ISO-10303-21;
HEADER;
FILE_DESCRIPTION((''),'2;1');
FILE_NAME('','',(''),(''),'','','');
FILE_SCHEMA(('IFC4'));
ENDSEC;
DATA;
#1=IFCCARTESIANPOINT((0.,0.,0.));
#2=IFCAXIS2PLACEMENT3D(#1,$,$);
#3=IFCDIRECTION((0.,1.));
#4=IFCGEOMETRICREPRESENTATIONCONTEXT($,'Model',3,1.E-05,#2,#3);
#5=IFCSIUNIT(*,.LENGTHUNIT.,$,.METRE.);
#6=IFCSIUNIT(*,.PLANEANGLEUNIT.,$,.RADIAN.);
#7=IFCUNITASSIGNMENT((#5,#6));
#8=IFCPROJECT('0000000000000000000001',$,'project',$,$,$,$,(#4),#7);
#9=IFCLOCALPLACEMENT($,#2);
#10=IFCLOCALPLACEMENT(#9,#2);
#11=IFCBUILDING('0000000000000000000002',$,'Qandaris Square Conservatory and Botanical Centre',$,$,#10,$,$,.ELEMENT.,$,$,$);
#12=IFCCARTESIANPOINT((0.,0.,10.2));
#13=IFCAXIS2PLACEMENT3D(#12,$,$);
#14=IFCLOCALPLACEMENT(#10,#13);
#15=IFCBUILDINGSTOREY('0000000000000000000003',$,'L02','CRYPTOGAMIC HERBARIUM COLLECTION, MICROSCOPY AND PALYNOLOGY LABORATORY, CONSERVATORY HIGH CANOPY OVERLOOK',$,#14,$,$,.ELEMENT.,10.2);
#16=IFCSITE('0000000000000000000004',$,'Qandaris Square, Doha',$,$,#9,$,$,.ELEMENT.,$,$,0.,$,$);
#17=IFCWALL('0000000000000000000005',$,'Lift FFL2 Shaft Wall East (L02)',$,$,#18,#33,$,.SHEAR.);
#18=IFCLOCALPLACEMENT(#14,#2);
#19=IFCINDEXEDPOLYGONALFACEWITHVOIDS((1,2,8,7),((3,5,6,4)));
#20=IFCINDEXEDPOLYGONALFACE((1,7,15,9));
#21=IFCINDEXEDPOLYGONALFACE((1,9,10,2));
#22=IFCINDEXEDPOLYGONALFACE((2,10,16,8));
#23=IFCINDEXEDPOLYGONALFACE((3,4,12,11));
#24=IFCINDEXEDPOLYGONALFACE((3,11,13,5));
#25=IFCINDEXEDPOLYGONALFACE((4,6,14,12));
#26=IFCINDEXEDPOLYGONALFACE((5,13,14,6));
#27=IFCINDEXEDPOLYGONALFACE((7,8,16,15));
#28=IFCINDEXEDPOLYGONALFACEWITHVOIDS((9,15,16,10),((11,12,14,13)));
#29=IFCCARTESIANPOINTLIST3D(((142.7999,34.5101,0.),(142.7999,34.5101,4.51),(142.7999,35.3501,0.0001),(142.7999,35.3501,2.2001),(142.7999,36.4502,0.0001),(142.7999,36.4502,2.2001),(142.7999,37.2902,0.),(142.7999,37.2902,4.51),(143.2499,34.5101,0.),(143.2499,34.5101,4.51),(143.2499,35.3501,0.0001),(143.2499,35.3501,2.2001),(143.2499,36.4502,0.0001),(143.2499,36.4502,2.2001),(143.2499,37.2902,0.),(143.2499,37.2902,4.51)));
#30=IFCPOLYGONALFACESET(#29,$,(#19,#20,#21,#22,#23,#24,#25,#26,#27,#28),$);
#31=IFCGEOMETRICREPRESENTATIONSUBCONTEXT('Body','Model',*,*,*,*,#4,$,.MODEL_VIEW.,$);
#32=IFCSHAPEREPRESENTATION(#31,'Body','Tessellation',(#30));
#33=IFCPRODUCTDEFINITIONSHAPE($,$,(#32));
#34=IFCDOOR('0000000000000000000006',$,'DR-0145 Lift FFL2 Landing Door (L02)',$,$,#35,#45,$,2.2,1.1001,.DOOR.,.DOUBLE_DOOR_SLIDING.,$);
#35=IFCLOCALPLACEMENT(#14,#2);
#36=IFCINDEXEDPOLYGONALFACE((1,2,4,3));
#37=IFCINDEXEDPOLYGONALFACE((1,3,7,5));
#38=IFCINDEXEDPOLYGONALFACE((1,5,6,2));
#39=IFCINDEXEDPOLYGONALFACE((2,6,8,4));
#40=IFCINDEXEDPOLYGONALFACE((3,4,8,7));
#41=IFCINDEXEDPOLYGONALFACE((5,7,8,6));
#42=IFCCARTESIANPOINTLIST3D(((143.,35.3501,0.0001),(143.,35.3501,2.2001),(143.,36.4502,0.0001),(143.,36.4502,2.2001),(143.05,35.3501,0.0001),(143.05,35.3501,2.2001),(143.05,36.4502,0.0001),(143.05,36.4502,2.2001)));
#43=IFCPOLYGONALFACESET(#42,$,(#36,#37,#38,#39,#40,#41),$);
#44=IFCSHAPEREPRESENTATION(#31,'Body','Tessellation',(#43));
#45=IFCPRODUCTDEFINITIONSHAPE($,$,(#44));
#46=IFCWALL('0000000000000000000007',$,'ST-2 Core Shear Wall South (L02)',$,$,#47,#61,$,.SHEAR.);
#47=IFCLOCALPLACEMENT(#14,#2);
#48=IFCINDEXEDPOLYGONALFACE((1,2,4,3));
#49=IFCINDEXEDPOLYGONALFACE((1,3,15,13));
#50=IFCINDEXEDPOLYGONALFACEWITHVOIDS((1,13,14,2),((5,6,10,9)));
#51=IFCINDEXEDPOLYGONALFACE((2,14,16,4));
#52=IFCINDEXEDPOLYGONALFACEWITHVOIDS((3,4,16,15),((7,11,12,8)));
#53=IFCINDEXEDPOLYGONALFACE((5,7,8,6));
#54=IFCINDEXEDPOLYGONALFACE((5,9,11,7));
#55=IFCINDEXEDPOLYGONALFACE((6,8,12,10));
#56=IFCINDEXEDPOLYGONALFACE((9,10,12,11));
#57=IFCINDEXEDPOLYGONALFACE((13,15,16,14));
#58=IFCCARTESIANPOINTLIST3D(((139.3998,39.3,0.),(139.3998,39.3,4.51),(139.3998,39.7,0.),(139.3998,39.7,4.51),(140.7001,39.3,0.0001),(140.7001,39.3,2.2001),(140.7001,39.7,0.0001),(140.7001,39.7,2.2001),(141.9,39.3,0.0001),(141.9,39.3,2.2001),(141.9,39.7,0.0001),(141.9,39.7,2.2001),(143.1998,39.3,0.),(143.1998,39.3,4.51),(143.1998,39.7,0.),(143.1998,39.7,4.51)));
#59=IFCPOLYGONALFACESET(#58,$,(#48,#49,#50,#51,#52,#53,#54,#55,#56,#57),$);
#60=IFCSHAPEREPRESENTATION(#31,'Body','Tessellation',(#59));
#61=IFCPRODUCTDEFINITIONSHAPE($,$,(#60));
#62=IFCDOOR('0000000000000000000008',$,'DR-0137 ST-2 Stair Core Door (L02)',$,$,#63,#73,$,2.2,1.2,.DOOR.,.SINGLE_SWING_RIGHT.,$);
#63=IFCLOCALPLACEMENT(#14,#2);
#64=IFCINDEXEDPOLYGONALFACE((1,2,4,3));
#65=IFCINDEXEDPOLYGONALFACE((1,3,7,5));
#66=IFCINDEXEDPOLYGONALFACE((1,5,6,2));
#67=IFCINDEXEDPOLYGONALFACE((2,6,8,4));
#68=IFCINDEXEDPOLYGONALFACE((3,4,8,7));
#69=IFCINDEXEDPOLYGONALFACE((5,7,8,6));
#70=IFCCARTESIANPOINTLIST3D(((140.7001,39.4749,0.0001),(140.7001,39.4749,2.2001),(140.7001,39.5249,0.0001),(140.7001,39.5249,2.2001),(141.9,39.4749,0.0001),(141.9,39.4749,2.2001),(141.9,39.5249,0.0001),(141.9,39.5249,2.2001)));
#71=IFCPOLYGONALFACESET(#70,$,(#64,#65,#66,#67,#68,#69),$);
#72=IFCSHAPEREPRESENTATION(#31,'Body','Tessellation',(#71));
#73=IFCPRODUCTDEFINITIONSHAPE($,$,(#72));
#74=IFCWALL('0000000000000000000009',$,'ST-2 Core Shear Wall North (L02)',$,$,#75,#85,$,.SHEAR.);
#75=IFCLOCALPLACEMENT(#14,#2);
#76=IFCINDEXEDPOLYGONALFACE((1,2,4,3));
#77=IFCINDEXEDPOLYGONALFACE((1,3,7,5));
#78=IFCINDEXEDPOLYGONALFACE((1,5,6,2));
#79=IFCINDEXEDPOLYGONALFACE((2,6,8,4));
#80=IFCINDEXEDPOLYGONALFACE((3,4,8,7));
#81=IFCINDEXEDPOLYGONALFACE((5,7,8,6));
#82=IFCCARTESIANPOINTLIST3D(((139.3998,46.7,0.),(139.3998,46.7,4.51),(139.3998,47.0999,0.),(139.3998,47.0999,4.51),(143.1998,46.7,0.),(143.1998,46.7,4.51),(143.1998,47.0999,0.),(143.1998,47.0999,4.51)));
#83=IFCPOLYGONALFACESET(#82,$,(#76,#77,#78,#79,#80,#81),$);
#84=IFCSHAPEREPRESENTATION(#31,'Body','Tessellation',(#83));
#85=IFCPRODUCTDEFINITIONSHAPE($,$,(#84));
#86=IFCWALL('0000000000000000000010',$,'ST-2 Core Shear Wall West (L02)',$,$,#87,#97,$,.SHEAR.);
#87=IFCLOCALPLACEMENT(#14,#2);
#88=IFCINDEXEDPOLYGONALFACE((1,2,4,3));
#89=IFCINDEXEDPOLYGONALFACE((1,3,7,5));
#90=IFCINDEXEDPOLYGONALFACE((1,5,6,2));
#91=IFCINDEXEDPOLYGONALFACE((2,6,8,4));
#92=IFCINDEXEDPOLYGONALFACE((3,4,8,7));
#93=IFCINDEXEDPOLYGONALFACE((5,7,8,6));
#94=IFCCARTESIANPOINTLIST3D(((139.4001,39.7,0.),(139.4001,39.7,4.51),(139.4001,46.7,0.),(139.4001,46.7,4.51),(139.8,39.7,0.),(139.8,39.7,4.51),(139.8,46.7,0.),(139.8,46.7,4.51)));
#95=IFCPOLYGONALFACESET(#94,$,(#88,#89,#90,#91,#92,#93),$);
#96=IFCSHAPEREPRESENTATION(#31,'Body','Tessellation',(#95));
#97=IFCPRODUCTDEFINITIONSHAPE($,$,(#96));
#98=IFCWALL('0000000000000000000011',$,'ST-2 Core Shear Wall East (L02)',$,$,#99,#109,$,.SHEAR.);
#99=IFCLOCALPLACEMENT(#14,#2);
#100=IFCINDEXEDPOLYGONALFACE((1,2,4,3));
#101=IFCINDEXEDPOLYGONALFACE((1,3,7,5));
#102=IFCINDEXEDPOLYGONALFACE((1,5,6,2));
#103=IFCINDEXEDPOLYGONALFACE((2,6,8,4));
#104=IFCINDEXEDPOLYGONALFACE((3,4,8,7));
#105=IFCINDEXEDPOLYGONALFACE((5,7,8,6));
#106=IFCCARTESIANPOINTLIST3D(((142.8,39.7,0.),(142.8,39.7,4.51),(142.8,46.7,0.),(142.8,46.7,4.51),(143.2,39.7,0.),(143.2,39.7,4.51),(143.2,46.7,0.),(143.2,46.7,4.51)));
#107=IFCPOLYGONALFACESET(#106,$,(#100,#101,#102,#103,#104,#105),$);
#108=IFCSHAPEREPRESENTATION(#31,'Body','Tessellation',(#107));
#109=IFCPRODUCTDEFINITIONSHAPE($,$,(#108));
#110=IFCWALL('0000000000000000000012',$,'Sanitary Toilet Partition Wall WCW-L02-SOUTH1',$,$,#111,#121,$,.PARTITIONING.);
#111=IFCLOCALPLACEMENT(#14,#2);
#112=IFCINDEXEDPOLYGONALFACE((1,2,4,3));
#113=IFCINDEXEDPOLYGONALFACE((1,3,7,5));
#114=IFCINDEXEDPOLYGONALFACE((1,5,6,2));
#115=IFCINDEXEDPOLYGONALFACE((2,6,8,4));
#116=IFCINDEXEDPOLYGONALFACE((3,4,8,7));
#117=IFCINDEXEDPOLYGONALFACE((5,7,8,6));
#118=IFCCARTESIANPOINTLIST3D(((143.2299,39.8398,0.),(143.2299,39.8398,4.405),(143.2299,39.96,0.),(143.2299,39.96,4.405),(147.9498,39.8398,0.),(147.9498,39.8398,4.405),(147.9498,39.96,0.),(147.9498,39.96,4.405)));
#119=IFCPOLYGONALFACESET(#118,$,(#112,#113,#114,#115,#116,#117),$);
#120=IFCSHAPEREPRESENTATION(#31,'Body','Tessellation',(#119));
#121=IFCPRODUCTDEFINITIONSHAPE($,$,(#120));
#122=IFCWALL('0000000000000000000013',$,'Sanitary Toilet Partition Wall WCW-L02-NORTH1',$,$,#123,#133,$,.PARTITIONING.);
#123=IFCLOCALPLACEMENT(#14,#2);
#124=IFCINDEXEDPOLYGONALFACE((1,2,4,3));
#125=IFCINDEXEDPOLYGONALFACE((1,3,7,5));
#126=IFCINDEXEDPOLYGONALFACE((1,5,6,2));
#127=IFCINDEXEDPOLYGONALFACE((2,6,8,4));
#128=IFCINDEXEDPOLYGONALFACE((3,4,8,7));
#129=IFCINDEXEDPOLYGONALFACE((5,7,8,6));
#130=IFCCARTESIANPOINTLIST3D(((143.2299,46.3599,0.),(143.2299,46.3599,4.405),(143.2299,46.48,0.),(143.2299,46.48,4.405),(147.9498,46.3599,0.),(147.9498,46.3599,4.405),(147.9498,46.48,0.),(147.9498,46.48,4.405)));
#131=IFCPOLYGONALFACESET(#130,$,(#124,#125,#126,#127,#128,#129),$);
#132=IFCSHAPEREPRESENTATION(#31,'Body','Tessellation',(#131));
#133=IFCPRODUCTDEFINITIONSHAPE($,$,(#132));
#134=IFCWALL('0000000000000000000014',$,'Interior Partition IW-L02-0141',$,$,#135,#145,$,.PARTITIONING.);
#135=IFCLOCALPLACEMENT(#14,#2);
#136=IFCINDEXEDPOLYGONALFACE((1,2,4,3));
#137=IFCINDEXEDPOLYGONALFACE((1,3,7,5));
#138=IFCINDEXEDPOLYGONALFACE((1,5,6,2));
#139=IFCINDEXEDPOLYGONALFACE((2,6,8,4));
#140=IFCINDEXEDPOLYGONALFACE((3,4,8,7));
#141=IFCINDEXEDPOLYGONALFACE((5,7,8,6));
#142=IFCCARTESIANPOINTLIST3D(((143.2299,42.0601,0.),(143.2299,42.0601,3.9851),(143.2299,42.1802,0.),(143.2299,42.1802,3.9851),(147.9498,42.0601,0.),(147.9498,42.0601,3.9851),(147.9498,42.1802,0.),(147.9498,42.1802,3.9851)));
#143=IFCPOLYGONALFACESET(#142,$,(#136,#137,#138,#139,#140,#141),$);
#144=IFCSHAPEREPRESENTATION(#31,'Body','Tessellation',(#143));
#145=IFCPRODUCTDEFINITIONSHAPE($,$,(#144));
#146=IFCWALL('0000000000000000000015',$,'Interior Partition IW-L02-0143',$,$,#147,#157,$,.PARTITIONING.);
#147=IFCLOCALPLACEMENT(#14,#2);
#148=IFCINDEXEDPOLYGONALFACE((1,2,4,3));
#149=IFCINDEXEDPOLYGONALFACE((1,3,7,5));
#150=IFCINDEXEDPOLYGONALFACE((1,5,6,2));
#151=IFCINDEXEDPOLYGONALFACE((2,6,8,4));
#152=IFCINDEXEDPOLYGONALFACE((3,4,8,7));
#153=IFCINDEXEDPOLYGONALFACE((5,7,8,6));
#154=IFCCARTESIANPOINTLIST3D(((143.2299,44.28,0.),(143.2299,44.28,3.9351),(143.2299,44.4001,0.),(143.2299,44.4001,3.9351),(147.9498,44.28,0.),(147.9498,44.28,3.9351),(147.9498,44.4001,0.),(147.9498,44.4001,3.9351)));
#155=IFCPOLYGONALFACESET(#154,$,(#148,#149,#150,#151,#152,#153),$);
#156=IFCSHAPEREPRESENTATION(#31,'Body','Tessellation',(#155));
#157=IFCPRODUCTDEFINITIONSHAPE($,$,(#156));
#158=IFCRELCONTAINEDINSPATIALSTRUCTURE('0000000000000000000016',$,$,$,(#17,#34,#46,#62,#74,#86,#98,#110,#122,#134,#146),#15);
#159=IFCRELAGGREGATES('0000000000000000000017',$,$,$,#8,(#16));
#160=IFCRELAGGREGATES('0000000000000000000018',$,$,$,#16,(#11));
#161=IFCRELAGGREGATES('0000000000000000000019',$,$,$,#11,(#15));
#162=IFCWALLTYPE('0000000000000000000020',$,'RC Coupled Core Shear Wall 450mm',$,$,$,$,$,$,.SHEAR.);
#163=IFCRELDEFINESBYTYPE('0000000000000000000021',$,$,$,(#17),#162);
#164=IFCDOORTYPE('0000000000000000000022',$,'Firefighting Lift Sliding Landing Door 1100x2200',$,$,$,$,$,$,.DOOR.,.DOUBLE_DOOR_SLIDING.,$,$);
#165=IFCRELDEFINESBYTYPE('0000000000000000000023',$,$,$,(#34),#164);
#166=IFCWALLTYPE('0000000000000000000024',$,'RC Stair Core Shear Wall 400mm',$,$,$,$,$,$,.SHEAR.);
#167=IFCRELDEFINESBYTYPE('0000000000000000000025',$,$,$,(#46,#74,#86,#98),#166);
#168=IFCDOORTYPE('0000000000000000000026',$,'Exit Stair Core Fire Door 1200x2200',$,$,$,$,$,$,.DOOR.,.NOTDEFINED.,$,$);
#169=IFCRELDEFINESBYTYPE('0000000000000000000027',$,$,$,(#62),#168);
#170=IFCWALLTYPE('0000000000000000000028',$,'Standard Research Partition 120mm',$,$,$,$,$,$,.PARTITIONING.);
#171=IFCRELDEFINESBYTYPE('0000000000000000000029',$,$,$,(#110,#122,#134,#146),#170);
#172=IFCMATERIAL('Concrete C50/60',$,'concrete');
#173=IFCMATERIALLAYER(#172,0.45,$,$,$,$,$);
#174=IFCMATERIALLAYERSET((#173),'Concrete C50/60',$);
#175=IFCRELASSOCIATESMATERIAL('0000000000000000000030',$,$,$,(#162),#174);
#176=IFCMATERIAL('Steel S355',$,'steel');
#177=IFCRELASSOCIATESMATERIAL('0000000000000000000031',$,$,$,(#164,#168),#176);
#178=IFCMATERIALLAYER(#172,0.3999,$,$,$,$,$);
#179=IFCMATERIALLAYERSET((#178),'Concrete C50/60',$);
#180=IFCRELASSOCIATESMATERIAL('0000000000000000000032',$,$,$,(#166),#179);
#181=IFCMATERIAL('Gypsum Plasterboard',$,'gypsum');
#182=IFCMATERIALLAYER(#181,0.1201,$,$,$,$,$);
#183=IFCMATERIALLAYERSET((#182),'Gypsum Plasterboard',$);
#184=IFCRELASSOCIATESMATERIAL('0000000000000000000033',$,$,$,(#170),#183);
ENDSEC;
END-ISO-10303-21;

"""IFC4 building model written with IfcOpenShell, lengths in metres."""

from ifc_helpers import new_model, si_unit, direction, frame, frame_2d, origin, place, context, subcontext, project, spatial, rectangle, extrude, material, layer, layer_set, type_object, element, fill, save


model = new_model("IFC4")

# Units and contexts
model_context = context("Model", 3, precision=1e-05, world=origin(), true_north=direction((0.0, 1.0)))
body_context = subcontext(model_context, "Body", "Model", "MODEL_VIEW")
ifc_project = project(units=[si_unit("LENGTHUNIT", "METRE"), si_unit("PLANEANGLEUNIT", "RADIAN")], contexts=[model_context])

# Site, building, storey
site_placement = place(None, origin())
site = spatial("IfcSite", under=ifc_project, at=site_placement, Name="Qandaris Square, Doha", CompositionType="ELEMENT", RefElevation=0.0)
building_placement = place(site_placement, origin())
building = spatial("IfcBuilding", under=site, at=building_placement, Name="Qandaris Square Conservatory and Botanical Centre", CompositionType="ELEMENT")
storey_placement = place(building_placement, frame((0.0, 0.0, 10.2)))
storey = spatial("IfcBuildingStorey", under=building, at=storey_placement, Name="L02", Description="CRYPTOGAMIC HERBARIUM COLLECTION, MICROSCOPY AND PALYNOLOGY LABORATORY, CONSERVATORY HIGH CANOPY OVERLOOK", CompositionType="ELEMENT", Elevation=10.2)

# Shared definitions
ifc_material_1 = material(Name="Concrete C50/60", Category="concrete")

# Shared definitions
ifc_material_2 = material(Name="Steel S355", Category="steel")

# Shared definitions
ifc_material_3 = material(Name="Gypsum Plasterboard", Category="gypsum")

# Shared definitions
ifc_layer_1 = layer(ifc_material_1, 0.45)
ifc_layer_set_1 = layer_set([ifc_layer_1], Name="Concrete C50/60")
wall_type_1 = type_object("IfcWallType", Name="RC Coupled Core Shear Wall 450mm", PredefinedType="SHEAR", material=ifc_layer_set_1)

# Walls, openings, doors
wall_1_placement = place(storey_placement, frame((143.0249, 34.51, 0.0), z_axis=(0.0, 0.0, 1.0), x_axis=(0.0, 1.0, 0.0)))
wall_1 = element("IfcWall", 1, at=wall_1_placement, inside=storey, type_object=wall_type_1, Name="Lift FFL2 Shaft Wall East (L02)", PredefinedType="SHEAR", context=body_context, shape_type="SweptSolid", body=[
    extrude(rectangle(XDim=2.78, YDim=0.45, at=frame_2d((1.3901, 0.0))), origin(), (0.0, 0.0, 1.0), 4.51),
])
opening_1_placement = place(wall_1_placement, frame((0.8401, 0.0, 0.0)))
opening_1 = element("IfcOpeningElement", 2, at=opening_1_placement, cuts=wall_1, PredefinedType="OPENING", context=body_context, shape_type="SweptSolid", body=[
    extrude(rectangle(XDim=1.1001, YDim=2.2, at=frame_2d((0.55, 1.1001))), frame((0.0, 0.2368, 0.0), z_axis=(0.0, -1.0, 0.0), x_axis=(1.0, 0.0, 0.0)), (0.0, 0.0, 1.0), 0.4739),
])
door_type_1 = type_object("IfcDoorType", Name="Firefighting Lift Sliding Landing Door 1100x2200", OperationType="DOUBLE_DOOR_SLIDING", PredefinedType="DOOR", material=ifc_material_2)
door_1_placement = place(opening_1_placement, origin())
door_1 = element("IfcDoor", 3, at=door_1_placement, inside=storey, type_object=door_type_1, Name="DR-0145 Lift FFL2 Landing Door (L02)", OperationType="DOUBLE_DOOR_SLIDING", OverallHeight=2.2, OverallWidth=1.1001, PredefinedType="DOOR", context=body_context, shape_type="SweptSolid", body=[
    extrude(rectangle(XDim=1.1001, YDim=2.2, at=frame_2d((0.55, 1.1001))), frame((0.0, 0.0249, 0.0), z_axis=(0.0, -1.0, 0.0), x_axis=(1.0, 0.0, 0.0)), (0.0, 0.0, 1.0), 0.05),
])
fill(opening_1, door_1)
ifc_layer_2 = layer(ifc_material_1, 0.3999)
ifc_layer_set_2 = layer_set([ifc_layer_2], Name="Concrete C50/60")
wall_type_2 = type_object("IfcWallType", Name="RC Stair Core Shear Wall 400mm", PredefinedType="SHEAR", material=ifc_layer_set_2)
wall_2_placement = place(storey_placement, frame((139.3999, 39.5, 0.0), z_axis=(0.0, 0.0, 1.0), x_axis=(1.0, 0.0, 0.0)))
wall_2 = element("IfcWall", 4, at=wall_2_placement, inside=storey, type_object=wall_type_2, Name="ST-2 Core Shear Wall South (L02)", PredefinedType="SHEAR", context=body_context, shape_type="SweptSolid", body=[
    extrude(rectangle(XDim=3.8, YDim=0.3999, at=frame_2d((1.8999, 0.0))), origin(), (0.0, 0.0, 1.0), 4.51),
])
opening_2_placement = place(wall_2_placement, frame((1.3, 0.0, 0.0)))
opening_2 = element("IfcOpeningElement", 5, at=opening_2_placement, cuts=wall_2, PredefinedType="OPENING", context=body_context, shape_type="SweptSolid", body=[
    extrude(rectangle(XDim=1.2, YDim=2.2, at=frame_2d((0.6001, 1.1001))), frame((0.0, 0.2119, 0.0), z_axis=(0.0, -1.0, 0.0), x_axis=(1.0, 0.0, 0.0)), (0.0, 0.0, 1.0), 0.4238),
])
door_type_2 = type_object("IfcDoorType", Name="Exit Stair Core Fire Door 1200x2200", OperationType="NOTDEFINED", PredefinedType="DOOR", material=ifc_material_2)
door_2_placement = place(opening_2_placement, origin())
door_2 = element("IfcDoor", 6, at=door_2_placement, inside=storey, type_object=door_type_2, Name="DR-0137 ST-2 Stair Core Door (L02)", OperationType="SINGLE_SWING_RIGHT", OverallHeight=2.2, OverallWidth=1.2, PredefinedType="DOOR", context=body_context, shape_type="SweptSolid", body=[
    extrude(rectangle(XDim=1.2, YDim=2.2, at=frame_2d((0.6001, 1.1001))), frame((0.0, 0.0249, 0.0), z_axis=(0.0, -1.0, 0.0), x_axis=(1.0, 0.0, 0.0)), (0.0, 0.0, 1.0), 0.05),
])
fill(opening_2, door_2)

# Walls
wall_3_placement = place(storey_placement, frame((139.3999, 46.8999, 0.0), z_axis=(0.0, 0.0, 1.0), x_axis=(1.0, 0.0, 0.0)))
element("IfcWall", 7, at=wall_3_placement, inside=storey, type_object=wall_type_2, Name="ST-2 Core Shear Wall North (L02)", PredefinedType="SHEAR", context=body_context, shape_type="SweptSolid", body=[
    extrude(rectangle(XDim=3.8, YDim=0.3999, at=frame_2d((1.8999, 0.0))), origin(), (0.0, 0.0, 1.0), 4.51),
])
for number, where, z_axis, x_axis, name in (
    (8, (139.6001, 39.7, 0.0), (0.0, 0.0, 1.0), (0.0, 1.0, 0.0), "ST-2 Core Shear Wall West (L02)"),
    (9, (143.0, 39.7, 0.0), (0.0, 0.0, 1.0), (0.0, 1.0, 0.0), "ST-2 Core Shear Wall East (L02)"),
):
    element("IfcWall", number, at=place(storey_placement, frame(where, z_axis=z_axis, x_axis=x_axis)), inside=storey, type_object=wall_type_2, Name=name, PredefinedType="SHEAR", context=body_context, shape_type="SweptSolid", body=[
        extrude(rectangle(XDim=7.0, YDim=0.3999, at=frame_2d((3.5, 0.0))), origin(), (0.0, 0.0, 1.0), 4.51),
    ])
ifc_layer_3 = layer(ifc_material_3, 0.1201)
ifc_layer_set_3 = layer_set([ifc_layer_3], Name="Gypsum Plasterboard")
wall_type_3 = type_object("IfcWallType", Name="Standard Research Partition 120mm", PredefinedType="PARTITIONING", material=ifc_layer_set_3)
for number, where, z_axis, x_axis, name in (
    (10, (143.23, 39.8999, 0.0), (0.0, 0.0, 1.0), (1.0, 0.0, 0.0), "Sanitary Toilet Partition Wall WCW-L02-SOUTH1"),
    (11, (143.23, 46.4199, 0.0), (0.0, 0.0, 1.0), (1.0, 0.0, 0.0), "Sanitary Toilet Partition Wall WCW-L02-NORTH1"),
):
    element("IfcWall", number, at=place(storey_placement, frame(where, z_axis=z_axis, x_axis=x_axis)), inside=storey, type_object=wall_type_3, Name=name, PredefinedType="PARTITIONING", context=body_context, shape_type="SweptSolid", body=[
        extrude(rectangle(XDim=4.72, YDim=0.1201, at=frame_2d((2.3599, 0.0))), origin(), (0.0, 0.0, 1.0), 4.405),
    ])
wall_4_placement = place(storey_placement, frame((143.23, 42.1201, 0.0), z_axis=(0.0, 0.0, 1.0), x_axis=(1.0, 0.0, 0.0)))
element("IfcWall", 12, at=wall_4_placement, inside=storey, type_object=wall_type_3, Name="Interior Partition IW-L02-0141", PredefinedType="PARTITIONING", context=body_context, shape_type="SweptSolid", body=[
    extrude(rectangle(XDim=4.72, YDim=0.1201, at=frame_2d((2.3599, 0.0))), origin(), (0.0, 0.0, 1.0), 3.9851),
])
wall_5_placement = place(storey_placement, frame((143.23, 44.3401, 0.0), z_axis=(0.0, 0.0, 1.0), x_axis=(1.0, 0.0, 0.0)))
element("IfcWall", 13, at=wall_5_placement, inside=storey, type_object=wall_type_3, Name="Interior Partition IW-L02-0143", PredefinedType="PARTITIONING", context=body_context, shape_type="SweptSolid", body=[
    extrude(rectangle(XDim=4.72, YDim=0.1201, at=frame_2d((2.3599, 0.0))), origin(), (0.0, 0.0, 1.0), 3.9351),
])

save(model, "model.ifc")
